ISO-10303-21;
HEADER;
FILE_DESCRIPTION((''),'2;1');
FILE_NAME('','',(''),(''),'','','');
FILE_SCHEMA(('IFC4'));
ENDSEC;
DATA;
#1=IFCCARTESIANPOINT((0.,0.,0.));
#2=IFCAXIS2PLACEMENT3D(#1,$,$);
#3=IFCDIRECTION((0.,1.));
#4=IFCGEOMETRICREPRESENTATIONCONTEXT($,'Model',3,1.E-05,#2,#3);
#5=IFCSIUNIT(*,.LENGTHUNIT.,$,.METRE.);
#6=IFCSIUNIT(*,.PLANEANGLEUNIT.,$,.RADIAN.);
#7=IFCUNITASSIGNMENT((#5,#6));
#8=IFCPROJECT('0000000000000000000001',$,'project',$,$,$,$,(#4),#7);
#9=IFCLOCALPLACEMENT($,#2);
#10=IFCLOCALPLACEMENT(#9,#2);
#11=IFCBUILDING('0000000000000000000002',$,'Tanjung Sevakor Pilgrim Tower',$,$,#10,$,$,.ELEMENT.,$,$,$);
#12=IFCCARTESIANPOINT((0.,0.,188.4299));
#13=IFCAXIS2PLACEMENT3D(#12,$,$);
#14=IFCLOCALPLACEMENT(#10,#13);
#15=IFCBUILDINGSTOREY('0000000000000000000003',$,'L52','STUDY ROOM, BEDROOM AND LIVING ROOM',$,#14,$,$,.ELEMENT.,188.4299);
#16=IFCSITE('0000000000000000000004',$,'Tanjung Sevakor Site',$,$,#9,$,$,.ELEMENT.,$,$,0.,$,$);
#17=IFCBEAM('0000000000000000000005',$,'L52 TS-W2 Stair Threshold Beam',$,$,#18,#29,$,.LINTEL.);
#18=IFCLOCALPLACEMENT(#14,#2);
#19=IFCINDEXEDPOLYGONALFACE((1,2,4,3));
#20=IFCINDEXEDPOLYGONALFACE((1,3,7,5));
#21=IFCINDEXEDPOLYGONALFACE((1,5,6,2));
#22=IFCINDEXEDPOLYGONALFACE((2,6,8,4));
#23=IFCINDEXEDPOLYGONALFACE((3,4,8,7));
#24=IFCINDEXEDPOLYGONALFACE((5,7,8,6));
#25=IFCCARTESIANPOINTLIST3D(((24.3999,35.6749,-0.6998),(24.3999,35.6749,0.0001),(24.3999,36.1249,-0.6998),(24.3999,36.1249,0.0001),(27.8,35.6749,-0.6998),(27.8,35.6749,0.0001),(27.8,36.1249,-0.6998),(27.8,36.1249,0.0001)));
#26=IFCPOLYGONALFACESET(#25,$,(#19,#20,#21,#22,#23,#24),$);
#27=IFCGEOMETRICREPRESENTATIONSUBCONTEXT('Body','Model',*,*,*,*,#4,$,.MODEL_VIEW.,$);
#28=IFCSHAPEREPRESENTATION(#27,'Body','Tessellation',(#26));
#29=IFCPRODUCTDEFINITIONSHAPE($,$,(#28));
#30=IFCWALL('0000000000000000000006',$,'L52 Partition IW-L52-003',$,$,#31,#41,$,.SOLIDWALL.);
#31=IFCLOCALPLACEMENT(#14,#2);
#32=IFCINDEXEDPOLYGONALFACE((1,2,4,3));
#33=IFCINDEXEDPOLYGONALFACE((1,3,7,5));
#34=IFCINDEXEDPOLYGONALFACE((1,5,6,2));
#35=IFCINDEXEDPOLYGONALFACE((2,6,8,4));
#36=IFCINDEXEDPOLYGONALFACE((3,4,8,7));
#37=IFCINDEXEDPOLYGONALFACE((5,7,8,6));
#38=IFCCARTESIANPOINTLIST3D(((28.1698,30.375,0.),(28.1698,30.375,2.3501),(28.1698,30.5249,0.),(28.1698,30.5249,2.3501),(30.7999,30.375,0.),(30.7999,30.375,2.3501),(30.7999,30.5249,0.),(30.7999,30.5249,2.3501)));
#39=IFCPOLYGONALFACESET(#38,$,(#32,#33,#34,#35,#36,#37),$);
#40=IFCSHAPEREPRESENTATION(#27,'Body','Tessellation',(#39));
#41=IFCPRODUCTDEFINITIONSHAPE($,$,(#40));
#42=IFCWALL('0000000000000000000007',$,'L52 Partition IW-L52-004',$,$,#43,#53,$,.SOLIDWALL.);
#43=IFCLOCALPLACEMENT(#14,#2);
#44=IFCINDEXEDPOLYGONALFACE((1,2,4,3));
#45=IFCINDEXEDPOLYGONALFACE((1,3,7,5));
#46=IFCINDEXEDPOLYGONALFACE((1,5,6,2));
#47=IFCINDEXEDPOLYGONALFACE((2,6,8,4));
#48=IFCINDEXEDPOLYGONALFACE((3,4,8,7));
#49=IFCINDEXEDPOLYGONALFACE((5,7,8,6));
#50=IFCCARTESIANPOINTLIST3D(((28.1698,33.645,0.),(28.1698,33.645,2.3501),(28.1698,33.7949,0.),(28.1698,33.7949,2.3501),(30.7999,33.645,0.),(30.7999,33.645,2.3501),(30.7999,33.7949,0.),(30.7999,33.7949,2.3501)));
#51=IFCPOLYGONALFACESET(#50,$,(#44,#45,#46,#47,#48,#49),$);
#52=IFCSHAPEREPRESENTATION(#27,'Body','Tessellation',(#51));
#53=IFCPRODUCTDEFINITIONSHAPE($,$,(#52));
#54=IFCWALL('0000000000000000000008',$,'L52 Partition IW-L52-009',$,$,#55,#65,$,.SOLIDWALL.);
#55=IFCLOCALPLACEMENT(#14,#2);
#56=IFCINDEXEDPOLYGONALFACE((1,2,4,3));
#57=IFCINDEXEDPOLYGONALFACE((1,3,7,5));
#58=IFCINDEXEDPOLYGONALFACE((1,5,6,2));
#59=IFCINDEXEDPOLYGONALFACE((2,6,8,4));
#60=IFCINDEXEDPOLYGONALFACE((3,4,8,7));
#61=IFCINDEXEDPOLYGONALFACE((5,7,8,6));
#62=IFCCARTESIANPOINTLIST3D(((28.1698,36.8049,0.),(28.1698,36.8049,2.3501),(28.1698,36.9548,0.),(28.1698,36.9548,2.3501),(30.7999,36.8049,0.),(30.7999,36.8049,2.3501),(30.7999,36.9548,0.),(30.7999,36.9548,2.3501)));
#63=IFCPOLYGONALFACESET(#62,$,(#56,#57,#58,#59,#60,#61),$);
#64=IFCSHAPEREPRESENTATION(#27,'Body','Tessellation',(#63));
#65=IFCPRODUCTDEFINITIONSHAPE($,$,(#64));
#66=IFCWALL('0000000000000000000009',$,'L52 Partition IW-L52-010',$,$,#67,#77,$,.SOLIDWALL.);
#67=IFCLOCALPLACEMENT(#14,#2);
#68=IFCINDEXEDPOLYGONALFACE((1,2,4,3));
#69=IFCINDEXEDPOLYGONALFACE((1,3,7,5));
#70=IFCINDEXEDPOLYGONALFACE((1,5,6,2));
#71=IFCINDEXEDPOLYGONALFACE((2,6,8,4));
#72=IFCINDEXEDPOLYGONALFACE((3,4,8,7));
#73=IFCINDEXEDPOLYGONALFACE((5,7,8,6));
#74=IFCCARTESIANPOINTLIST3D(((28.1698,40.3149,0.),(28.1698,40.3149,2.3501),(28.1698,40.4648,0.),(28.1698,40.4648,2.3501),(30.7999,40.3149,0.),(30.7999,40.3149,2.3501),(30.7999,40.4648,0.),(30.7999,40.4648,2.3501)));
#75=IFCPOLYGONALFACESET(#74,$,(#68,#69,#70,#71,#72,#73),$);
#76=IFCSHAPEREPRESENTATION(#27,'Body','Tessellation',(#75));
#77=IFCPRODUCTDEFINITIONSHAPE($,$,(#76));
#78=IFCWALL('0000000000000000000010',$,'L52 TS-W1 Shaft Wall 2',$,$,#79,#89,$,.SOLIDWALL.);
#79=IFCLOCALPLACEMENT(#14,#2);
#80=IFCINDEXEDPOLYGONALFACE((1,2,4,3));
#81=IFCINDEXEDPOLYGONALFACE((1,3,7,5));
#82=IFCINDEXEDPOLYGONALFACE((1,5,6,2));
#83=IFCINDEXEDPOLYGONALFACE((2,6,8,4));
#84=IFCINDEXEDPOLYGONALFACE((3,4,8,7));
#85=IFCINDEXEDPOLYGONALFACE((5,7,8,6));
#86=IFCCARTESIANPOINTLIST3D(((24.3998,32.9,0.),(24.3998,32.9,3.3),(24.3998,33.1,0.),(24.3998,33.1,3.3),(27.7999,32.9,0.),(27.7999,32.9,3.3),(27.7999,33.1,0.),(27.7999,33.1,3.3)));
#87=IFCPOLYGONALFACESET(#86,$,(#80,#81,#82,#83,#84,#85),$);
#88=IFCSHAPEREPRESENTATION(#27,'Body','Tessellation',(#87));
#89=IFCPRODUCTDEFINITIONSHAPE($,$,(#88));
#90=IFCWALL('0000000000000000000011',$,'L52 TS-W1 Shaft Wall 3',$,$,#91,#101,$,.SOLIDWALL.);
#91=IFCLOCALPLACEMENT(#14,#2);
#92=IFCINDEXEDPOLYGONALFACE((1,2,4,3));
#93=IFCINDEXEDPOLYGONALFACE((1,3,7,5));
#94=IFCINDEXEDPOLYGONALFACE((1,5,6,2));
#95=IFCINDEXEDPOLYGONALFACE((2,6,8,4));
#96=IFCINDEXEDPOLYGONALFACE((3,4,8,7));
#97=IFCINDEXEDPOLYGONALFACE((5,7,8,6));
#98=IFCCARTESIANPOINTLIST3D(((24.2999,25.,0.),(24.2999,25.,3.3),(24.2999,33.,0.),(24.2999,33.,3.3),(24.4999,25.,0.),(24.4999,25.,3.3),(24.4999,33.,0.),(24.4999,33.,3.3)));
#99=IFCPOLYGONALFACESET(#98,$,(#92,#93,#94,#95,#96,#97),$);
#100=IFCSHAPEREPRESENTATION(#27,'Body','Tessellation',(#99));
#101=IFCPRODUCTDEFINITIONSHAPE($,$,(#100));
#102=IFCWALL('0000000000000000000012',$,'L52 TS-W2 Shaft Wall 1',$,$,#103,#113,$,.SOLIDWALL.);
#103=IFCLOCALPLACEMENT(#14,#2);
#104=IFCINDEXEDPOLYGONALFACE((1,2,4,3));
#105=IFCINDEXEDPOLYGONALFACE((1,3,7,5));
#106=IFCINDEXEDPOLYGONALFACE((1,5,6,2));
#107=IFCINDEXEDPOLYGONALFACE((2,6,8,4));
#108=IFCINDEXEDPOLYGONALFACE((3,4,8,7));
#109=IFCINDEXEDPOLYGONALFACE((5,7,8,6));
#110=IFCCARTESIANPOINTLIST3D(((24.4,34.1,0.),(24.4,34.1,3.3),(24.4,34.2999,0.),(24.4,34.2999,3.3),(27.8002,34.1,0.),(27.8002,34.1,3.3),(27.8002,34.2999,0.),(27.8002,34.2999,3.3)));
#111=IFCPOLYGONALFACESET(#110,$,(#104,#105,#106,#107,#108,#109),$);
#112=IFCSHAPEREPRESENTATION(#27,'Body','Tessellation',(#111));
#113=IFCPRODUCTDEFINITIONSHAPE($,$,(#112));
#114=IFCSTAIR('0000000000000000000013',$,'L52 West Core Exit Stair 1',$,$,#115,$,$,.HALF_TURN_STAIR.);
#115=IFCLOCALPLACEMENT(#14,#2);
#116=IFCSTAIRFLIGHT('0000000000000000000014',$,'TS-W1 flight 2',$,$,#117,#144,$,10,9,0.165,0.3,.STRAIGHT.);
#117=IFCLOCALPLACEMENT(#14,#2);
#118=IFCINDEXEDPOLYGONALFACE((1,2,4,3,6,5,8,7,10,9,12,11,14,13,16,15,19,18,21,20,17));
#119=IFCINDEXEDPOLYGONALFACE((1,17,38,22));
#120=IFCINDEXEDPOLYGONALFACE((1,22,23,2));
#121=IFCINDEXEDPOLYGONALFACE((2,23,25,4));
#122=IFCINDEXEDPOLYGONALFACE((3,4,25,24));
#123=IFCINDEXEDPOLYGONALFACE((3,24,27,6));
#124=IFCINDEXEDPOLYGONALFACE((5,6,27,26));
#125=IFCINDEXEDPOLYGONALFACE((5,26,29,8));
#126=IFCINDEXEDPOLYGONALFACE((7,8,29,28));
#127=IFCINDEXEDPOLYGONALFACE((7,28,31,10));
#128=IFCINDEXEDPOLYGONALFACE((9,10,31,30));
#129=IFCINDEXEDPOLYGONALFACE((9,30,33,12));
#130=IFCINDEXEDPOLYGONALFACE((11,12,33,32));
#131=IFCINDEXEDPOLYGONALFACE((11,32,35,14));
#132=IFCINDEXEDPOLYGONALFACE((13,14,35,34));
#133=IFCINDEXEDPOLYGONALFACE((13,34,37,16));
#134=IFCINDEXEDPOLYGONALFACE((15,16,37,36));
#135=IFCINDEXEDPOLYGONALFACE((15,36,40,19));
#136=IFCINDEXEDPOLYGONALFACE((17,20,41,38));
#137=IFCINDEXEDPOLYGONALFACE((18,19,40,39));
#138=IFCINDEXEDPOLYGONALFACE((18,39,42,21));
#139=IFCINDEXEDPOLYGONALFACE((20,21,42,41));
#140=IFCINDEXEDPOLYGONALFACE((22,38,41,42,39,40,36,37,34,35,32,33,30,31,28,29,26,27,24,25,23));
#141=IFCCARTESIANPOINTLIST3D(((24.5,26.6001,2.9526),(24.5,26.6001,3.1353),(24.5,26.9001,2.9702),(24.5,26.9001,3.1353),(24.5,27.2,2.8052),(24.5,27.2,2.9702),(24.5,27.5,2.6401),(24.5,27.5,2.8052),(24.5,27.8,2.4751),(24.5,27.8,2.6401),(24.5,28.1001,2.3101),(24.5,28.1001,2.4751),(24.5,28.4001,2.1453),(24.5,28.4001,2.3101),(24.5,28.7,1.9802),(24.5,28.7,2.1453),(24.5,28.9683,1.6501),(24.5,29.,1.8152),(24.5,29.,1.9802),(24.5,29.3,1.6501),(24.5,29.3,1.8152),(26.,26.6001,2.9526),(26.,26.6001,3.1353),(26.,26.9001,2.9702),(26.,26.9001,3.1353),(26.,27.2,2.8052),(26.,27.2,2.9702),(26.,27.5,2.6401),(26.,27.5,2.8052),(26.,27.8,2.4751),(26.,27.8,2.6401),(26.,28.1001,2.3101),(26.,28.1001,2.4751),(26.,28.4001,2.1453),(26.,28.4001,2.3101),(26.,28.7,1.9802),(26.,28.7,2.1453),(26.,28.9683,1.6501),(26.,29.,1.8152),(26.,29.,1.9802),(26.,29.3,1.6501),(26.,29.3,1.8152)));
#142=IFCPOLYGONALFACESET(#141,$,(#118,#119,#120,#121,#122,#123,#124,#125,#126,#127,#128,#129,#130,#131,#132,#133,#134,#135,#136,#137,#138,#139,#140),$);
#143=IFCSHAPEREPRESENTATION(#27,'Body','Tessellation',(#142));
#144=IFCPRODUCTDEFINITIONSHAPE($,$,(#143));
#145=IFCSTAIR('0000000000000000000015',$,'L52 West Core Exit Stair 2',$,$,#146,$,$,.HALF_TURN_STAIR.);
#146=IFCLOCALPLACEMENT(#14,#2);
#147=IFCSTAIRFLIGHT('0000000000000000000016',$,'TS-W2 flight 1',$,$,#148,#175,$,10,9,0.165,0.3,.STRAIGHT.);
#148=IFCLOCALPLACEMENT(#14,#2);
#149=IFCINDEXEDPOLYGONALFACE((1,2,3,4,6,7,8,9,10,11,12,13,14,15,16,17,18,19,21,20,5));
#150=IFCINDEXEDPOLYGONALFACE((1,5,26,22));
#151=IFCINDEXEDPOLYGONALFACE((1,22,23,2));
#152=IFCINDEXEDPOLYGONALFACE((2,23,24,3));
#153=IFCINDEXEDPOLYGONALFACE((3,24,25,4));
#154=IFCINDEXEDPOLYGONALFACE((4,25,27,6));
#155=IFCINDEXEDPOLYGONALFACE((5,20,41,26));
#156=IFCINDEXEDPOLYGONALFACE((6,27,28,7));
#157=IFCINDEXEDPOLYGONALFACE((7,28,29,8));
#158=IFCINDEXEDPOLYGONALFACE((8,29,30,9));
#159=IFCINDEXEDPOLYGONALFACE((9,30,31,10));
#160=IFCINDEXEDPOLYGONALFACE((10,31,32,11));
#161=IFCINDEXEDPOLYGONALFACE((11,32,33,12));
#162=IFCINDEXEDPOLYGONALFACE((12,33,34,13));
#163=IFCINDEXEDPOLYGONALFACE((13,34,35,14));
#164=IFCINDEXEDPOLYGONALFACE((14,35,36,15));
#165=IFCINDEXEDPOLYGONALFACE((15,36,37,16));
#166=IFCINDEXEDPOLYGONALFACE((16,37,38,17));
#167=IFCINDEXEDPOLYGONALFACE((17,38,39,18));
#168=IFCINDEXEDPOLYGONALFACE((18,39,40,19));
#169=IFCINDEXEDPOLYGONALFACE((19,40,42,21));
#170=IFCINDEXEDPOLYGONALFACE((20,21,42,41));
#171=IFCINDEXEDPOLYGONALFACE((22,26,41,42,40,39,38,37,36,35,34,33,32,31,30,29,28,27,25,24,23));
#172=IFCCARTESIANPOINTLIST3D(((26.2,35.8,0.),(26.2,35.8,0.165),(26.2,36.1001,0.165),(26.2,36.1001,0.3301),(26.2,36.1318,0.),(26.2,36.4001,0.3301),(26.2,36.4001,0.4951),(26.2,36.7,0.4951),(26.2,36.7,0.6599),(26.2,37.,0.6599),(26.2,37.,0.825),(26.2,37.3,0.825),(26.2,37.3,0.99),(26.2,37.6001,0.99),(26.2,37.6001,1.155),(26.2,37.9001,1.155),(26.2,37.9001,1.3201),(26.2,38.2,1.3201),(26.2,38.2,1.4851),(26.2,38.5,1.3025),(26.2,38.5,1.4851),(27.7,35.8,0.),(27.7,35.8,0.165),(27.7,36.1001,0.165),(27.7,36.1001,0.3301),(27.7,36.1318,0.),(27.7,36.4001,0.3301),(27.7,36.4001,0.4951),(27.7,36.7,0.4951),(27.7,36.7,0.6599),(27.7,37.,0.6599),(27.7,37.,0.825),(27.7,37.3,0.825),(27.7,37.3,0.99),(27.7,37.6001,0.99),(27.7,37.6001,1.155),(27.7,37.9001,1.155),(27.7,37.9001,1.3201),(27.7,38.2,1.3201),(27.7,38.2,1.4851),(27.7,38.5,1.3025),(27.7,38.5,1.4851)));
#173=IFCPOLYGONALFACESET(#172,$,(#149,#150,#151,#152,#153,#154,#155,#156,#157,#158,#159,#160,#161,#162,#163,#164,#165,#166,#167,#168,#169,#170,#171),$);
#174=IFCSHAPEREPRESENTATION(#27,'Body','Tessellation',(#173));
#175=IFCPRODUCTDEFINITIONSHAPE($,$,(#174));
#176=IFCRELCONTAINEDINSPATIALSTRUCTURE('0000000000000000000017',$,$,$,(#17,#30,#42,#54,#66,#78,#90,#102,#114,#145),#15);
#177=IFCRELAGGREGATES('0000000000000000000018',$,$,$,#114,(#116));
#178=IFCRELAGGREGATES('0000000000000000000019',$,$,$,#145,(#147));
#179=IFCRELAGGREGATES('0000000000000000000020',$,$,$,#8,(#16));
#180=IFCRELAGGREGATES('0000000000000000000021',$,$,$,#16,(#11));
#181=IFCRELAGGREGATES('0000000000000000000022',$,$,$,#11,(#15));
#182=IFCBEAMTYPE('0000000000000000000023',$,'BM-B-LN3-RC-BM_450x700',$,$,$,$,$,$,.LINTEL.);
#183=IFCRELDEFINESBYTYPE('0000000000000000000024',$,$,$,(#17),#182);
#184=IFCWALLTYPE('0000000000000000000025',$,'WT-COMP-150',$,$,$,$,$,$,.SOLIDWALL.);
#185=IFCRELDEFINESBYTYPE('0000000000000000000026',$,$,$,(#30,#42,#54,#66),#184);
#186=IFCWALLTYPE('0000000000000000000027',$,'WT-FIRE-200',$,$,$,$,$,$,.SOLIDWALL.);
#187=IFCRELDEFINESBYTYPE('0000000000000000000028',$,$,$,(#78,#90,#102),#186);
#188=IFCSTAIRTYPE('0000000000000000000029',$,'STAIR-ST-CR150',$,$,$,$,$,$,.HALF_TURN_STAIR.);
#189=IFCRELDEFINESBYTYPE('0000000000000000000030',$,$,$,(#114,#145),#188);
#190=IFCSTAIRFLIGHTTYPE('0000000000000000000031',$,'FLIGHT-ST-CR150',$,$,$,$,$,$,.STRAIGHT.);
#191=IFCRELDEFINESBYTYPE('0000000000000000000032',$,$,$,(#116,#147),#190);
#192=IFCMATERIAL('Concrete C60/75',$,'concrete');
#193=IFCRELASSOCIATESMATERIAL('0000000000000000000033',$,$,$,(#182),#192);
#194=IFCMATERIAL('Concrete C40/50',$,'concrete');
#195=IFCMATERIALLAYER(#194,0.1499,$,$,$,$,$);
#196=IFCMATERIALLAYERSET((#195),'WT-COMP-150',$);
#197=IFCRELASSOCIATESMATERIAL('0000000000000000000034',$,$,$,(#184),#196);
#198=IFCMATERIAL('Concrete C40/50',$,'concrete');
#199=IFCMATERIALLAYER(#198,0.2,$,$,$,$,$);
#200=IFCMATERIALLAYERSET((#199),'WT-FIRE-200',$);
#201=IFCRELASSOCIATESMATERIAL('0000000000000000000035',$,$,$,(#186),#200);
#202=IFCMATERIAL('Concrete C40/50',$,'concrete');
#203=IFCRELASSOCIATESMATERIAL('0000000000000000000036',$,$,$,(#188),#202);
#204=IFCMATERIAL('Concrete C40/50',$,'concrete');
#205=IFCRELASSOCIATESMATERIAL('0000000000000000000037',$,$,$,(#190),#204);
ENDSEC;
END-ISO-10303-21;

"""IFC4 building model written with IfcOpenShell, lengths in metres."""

from ifc_helpers import new_model, si_unit, direction, frame, frame_2d, origin, origin_2d, place, context, subcontext, project, spatial, polyline, rectangle, outline, extrude, material, layer, layer_set, material_profile, profile_set, type_object, element, aggregate, save


model = new_model("IFC4")

# Units and contexts
model_context = context("Model", 3, precision=1e-05, world=origin(), true_north=direction((0.0, 1.0)))
body_context = subcontext(model_context, "Body", "Model", "MODEL_VIEW")
ifc_project = project(units=[si_unit("LENGTHUNIT", "METRE"), si_unit("PLANEANGLEUNIT", "RADIAN")], contexts=[model_context])

# Site, building, storey
site_placement = place(None, origin())
site = spatial("IfcSite", under=ifc_project, at=site_placement, Name="Tanjung Sevakor Site", CompositionType="ELEMENT", RefElevation=0.0)
building_placement = place(site_placement, origin())
building = spatial("IfcBuilding", under=site, at=building_placement, Name="Tanjung Sevakor Pilgrim Tower", CompositionType="ELEMENT")
storey_placement = place(building_placement, frame((0.0, 0.0, 188.4299)))
storey = spatial("IfcBuildingStorey", under=building, at=storey_placement, Name="L52", Description="STUDY ROOM, BEDROOM AND LIVING ROOM", CompositionType="ELEMENT", Elevation=188.4299)

# Beam
ifc_material_1 = material(Name="Concrete C60/75", Category="concrete")
ifc_material_profile = material_profile(ifc_material_1, rectangle(XDim=0.45, YDim=0.7, at=origin_2d()))
ifc_profile_set = profile_set([ifc_material_profile], Name="Concrete C60/75")
beam_type = type_object("IfcBeamType", Name="BM-B-LN3-RC-BM_450x700", PredefinedType="LINTEL", material=ifc_profile_set)
beam_placement = place(storey_placement, frame((24.3999, 35.8999, -0.3499), z_axis=(1.0, 0.0, 0.0), x_axis=(0.0, 1.0, 0.0)))
element("IfcBeam", 1, at=beam_placement, inside=storey, type_object=beam_type, Name="L52 TS-W2 Stair Threshold Beam", PredefinedType="LINTEL", context=body_context, shape_type="SweptSolid", body=[
    extrude(rectangle(XDim=0.45, YDim=0.7, at=origin_2d()), origin(), (0.0, 0.0, 1.0), 3.4001),
])

# Walls
ifc_material_2 = material(Name="Concrete C40/50", Category="concrete")
ifc_layer_1 = layer(ifc_material_2, 0.1499)
ifc_layer_set_1 = layer_set([ifc_layer_1], Name="WT-COMP-150")
wall_type_1 = type_object("IfcWallType", Name="WT-COMP-150", PredefinedType="SOLIDWALL", material=ifc_layer_set_1)
for number, where, z_axis, x_axis, name in (
    (2, (28.1699, 30.45, 0.0), (0.0, 0.0, 1.0), (1.0, 0.0, 0.0), "L52 Partition IW-L52-003"),
    (3, (28.1699, 33.72, 0.0), (0.0, 0.0, 1.0), (1.0, 0.0, 0.0), "L52 Partition IW-L52-004"),
    (4, (28.1699, 36.8799, 0.0), (0.0, 0.0, 1.0), (1.0, 0.0, 0.0), "L52 Partition IW-L52-009"),
    (5, (28.1699, 40.3899, 0.0), (0.0, 0.0, 1.0), (1.0, 0.0, 0.0), "L52 Partition IW-L52-010"),
):
    element("IfcWall", number, at=place(storey_placement, frame(where, z_axis=z_axis, x_axis=x_axis)), inside=storey, type_object=wall_type_1, Name=name, PredefinedType="SOLIDWALL", context=body_context, shape_type="SweptSolid", body=[
        extrude(rectangle(XDim=2.6301, YDim=0.1499, at=frame_2d((1.3149, 0.0))), origin(), (0.0, 0.0, 1.0), 2.3501),
    ])
ifc_material_3 = material(Name="Concrete C40/50", Category="concrete")
ifc_layer_2 = layer(ifc_material_3, 0.2)
ifc_layer_set_2 = layer_set([ifc_layer_2], Name="WT-FIRE-200")
wall_type_2 = type_object("IfcWallType", Name="WT-FIRE-200", PredefinedType="SOLIDWALL", material=ifc_layer_set_2)
wall_1_placement = place(storey_placement, frame((27.8, 33.0, 0.0), z_axis=(0.0, 0.0, 1.0), x_axis=(-1.0, 0.0, 0.0)))
element("IfcWall", 6, at=wall_1_placement, inside=storey, type_object=wall_type_2, Name="L52 TS-W1 Shaft Wall 2", PredefinedType="SOLIDWALL", context=body_context, shape_type="SweptSolid", body=[
    extrude(rectangle(XDim=3.4001, YDim=0.2, at=frame_2d((1.7002, 0.0))), origin(), (0.0, 0.0, 1.0), 3.3),
])
wall_2_placement = place(storey_placement, frame((24.3999, 33.0, 0.0), z_axis=(0.0, 0.0, 1.0), x_axis=(0.0, -1.0, 0.0)))
element("IfcWall", 7, at=wall_2_placement, inside=storey, type_object=wall_type_2, Name="L52 TS-W1 Shaft Wall 3", PredefinedType="SOLIDWALL", context=body_context, shape_type="SweptSolid", body=[
    extrude(rectangle(XDim=8.0, YDim=0.2, at=frame_2d((4.0, 0.0))), origin(), (0.0, 0.0, 1.0), 3.3),
])
wall_3_placement = place(storey_placement, frame((24.3999, 34.2, 0.0), z_axis=(0.0, 0.0, 1.0), x_axis=(1.0, 0.0, 0.0)))
element("IfcWall", 8, at=wall_3_placement, inside=storey, type_object=wall_type_2, Name="L52 TS-W2 Shaft Wall 1", PredefinedType="SOLIDWALL", context=body_context, shape_type="SweptSolid", body=[
    extrude(rectangle(XDim=3.4001, YDim=0.2, at=frame_2d((1.7002, 0.0))), origin(), (0.0, 0.0, 1.0), 3.3),
])

# Stair, stair flight
ifc_material_4 = material(Name="Concrete C40/50", Category="concrete")
stair_type = type_object("IfcStairType", Name="STAIR-ST-CR150", PredefinedType="HALF_TURN_STAIR", material=ifc_material_4)
stair_1_placement = place(storey_placement, origin())
stair_1 = element("IfcStair", 9, at=stair_1_placement, inside=storey, type_object=stair_type, Name="L52 West Core Exit Stair 1", PredefinedType="HALF_TURN_STAIR")
ifc_material_5 = material(Name="Concrete C40/50", Category="concrete")
stair_flight_type = type_object("IfcStairFlightType", Name="FLIGHT-ST-CR150", PredefinedType="STRAIGHT", material=ifc_material_5)
stair_flight_1_placement = place(storey_placement, frame((25.25, 29.3, 1.6501), z_axis=(0.0, 0.0, 1.0), x_axis=(0.0, -1.0, 0.0)))
stair_flight_1 = element("IfcStairFlight", 10, at=stair_flight_1_placement, type_object=stair_flight_type, Name="TS-W1 flight 2", NumberOfRisers=10, NumberOfTreads=9, PredefinedType="STRAIGHT", RiserHeight=0.165, TreadLength=0.3, context=body_context, shape_type="SweptSolid", body=[
    extrude(outline(polyline([(0.0, 0.0), (0.0, 0.165), (0.3, 0.165), (0.3, 0.3301), (0.6001, 0.3301), (0.6001, 0.4951), (0.8999, 0.4951), (0.8999, 0.6599), (1.2, 0.6599), (1.2, 0.825), (1.5, 0.825), (1.5, 0.99), (1.8, 0.99), (1.8, 1.155), (2.1001, 1.155), (2.1001, 1.3201), (2.3999, 1.3201), (2.3999, 1.4851), (2.7, 1.4851), (2.7, 1.6499), (2.7, 1.3025), (0.3318, 0.0), (0.0, 0.0)])), frame((0.0, 0.75, 0.0), z_axis=(0.0, -1.0, 0.0), x_axis=(1.0, 0.0, 0.0)), (0.0, 0.0, 1.0), 1.5),
])
aggregate(stair_1, [stair_flight_1])

# Stair, stair flight
stair_2_placement = place(storey_placement, origin())
stair_2 = element("IfcStair", 11, at=stair_2_placement, inside=storey, type_object=stair_type, Name="L52 West Core Exit Stair 2", PredefinedType="HALF_TURN_STAIR")
stair_flight_2_placement = place(storey_placement, frame((26.95, 35.8, 0.0), z_axis=(0.0, 0.0, 1.0), x_axis=(0.0, 1.0, 0.0)))
stair_flight_2 = element("IfcStairFlight", 12, at=stair_flight_2_placement, type_object=stair_flight_type, Name="TS-W2 flight 1", NumberOfRisers=10, NumberOfTreads=9, PredefinedType="STRAIGHT", RiserHeight=0.165, TreadLength=0.3, context=body_context, shape_type="SweptSolid", body=[
    extrude(outline(polyline([(0.0, 0.0), (0.0, 0.165), (0.3, 0.165), (0.3, 0.3301), (0.6001, 0.3301), (0.6001, 0.4951), (0.8999, 0.4951), (0.8999, 0.6599), (1.2, 0.6599), (1.2, 0.825), (1.5, 0.825), (1.5, 0.99), (1.8, 0.99), (1.8, 1.155), (2.1001, 1.155), (2.1001, 1.3201), (2.3999, 1.3201), (2.3999, 1.4851), (2.7, 1.4851), (2.7, 1.6499), (2.7, 1.3025), (0.3318, 0.0), (0.0, 0.0)])), frame((0.0, 0.75, 0.0), z_axis=(0.0, -1.0, 0.0), x_axis=(1.0, 0.0, 0.0)), (0.0, 0.0, 1.0), 1.5),
])
aggregate(stair_2, [stair_flight_2])

save(model, "model.ifc")
